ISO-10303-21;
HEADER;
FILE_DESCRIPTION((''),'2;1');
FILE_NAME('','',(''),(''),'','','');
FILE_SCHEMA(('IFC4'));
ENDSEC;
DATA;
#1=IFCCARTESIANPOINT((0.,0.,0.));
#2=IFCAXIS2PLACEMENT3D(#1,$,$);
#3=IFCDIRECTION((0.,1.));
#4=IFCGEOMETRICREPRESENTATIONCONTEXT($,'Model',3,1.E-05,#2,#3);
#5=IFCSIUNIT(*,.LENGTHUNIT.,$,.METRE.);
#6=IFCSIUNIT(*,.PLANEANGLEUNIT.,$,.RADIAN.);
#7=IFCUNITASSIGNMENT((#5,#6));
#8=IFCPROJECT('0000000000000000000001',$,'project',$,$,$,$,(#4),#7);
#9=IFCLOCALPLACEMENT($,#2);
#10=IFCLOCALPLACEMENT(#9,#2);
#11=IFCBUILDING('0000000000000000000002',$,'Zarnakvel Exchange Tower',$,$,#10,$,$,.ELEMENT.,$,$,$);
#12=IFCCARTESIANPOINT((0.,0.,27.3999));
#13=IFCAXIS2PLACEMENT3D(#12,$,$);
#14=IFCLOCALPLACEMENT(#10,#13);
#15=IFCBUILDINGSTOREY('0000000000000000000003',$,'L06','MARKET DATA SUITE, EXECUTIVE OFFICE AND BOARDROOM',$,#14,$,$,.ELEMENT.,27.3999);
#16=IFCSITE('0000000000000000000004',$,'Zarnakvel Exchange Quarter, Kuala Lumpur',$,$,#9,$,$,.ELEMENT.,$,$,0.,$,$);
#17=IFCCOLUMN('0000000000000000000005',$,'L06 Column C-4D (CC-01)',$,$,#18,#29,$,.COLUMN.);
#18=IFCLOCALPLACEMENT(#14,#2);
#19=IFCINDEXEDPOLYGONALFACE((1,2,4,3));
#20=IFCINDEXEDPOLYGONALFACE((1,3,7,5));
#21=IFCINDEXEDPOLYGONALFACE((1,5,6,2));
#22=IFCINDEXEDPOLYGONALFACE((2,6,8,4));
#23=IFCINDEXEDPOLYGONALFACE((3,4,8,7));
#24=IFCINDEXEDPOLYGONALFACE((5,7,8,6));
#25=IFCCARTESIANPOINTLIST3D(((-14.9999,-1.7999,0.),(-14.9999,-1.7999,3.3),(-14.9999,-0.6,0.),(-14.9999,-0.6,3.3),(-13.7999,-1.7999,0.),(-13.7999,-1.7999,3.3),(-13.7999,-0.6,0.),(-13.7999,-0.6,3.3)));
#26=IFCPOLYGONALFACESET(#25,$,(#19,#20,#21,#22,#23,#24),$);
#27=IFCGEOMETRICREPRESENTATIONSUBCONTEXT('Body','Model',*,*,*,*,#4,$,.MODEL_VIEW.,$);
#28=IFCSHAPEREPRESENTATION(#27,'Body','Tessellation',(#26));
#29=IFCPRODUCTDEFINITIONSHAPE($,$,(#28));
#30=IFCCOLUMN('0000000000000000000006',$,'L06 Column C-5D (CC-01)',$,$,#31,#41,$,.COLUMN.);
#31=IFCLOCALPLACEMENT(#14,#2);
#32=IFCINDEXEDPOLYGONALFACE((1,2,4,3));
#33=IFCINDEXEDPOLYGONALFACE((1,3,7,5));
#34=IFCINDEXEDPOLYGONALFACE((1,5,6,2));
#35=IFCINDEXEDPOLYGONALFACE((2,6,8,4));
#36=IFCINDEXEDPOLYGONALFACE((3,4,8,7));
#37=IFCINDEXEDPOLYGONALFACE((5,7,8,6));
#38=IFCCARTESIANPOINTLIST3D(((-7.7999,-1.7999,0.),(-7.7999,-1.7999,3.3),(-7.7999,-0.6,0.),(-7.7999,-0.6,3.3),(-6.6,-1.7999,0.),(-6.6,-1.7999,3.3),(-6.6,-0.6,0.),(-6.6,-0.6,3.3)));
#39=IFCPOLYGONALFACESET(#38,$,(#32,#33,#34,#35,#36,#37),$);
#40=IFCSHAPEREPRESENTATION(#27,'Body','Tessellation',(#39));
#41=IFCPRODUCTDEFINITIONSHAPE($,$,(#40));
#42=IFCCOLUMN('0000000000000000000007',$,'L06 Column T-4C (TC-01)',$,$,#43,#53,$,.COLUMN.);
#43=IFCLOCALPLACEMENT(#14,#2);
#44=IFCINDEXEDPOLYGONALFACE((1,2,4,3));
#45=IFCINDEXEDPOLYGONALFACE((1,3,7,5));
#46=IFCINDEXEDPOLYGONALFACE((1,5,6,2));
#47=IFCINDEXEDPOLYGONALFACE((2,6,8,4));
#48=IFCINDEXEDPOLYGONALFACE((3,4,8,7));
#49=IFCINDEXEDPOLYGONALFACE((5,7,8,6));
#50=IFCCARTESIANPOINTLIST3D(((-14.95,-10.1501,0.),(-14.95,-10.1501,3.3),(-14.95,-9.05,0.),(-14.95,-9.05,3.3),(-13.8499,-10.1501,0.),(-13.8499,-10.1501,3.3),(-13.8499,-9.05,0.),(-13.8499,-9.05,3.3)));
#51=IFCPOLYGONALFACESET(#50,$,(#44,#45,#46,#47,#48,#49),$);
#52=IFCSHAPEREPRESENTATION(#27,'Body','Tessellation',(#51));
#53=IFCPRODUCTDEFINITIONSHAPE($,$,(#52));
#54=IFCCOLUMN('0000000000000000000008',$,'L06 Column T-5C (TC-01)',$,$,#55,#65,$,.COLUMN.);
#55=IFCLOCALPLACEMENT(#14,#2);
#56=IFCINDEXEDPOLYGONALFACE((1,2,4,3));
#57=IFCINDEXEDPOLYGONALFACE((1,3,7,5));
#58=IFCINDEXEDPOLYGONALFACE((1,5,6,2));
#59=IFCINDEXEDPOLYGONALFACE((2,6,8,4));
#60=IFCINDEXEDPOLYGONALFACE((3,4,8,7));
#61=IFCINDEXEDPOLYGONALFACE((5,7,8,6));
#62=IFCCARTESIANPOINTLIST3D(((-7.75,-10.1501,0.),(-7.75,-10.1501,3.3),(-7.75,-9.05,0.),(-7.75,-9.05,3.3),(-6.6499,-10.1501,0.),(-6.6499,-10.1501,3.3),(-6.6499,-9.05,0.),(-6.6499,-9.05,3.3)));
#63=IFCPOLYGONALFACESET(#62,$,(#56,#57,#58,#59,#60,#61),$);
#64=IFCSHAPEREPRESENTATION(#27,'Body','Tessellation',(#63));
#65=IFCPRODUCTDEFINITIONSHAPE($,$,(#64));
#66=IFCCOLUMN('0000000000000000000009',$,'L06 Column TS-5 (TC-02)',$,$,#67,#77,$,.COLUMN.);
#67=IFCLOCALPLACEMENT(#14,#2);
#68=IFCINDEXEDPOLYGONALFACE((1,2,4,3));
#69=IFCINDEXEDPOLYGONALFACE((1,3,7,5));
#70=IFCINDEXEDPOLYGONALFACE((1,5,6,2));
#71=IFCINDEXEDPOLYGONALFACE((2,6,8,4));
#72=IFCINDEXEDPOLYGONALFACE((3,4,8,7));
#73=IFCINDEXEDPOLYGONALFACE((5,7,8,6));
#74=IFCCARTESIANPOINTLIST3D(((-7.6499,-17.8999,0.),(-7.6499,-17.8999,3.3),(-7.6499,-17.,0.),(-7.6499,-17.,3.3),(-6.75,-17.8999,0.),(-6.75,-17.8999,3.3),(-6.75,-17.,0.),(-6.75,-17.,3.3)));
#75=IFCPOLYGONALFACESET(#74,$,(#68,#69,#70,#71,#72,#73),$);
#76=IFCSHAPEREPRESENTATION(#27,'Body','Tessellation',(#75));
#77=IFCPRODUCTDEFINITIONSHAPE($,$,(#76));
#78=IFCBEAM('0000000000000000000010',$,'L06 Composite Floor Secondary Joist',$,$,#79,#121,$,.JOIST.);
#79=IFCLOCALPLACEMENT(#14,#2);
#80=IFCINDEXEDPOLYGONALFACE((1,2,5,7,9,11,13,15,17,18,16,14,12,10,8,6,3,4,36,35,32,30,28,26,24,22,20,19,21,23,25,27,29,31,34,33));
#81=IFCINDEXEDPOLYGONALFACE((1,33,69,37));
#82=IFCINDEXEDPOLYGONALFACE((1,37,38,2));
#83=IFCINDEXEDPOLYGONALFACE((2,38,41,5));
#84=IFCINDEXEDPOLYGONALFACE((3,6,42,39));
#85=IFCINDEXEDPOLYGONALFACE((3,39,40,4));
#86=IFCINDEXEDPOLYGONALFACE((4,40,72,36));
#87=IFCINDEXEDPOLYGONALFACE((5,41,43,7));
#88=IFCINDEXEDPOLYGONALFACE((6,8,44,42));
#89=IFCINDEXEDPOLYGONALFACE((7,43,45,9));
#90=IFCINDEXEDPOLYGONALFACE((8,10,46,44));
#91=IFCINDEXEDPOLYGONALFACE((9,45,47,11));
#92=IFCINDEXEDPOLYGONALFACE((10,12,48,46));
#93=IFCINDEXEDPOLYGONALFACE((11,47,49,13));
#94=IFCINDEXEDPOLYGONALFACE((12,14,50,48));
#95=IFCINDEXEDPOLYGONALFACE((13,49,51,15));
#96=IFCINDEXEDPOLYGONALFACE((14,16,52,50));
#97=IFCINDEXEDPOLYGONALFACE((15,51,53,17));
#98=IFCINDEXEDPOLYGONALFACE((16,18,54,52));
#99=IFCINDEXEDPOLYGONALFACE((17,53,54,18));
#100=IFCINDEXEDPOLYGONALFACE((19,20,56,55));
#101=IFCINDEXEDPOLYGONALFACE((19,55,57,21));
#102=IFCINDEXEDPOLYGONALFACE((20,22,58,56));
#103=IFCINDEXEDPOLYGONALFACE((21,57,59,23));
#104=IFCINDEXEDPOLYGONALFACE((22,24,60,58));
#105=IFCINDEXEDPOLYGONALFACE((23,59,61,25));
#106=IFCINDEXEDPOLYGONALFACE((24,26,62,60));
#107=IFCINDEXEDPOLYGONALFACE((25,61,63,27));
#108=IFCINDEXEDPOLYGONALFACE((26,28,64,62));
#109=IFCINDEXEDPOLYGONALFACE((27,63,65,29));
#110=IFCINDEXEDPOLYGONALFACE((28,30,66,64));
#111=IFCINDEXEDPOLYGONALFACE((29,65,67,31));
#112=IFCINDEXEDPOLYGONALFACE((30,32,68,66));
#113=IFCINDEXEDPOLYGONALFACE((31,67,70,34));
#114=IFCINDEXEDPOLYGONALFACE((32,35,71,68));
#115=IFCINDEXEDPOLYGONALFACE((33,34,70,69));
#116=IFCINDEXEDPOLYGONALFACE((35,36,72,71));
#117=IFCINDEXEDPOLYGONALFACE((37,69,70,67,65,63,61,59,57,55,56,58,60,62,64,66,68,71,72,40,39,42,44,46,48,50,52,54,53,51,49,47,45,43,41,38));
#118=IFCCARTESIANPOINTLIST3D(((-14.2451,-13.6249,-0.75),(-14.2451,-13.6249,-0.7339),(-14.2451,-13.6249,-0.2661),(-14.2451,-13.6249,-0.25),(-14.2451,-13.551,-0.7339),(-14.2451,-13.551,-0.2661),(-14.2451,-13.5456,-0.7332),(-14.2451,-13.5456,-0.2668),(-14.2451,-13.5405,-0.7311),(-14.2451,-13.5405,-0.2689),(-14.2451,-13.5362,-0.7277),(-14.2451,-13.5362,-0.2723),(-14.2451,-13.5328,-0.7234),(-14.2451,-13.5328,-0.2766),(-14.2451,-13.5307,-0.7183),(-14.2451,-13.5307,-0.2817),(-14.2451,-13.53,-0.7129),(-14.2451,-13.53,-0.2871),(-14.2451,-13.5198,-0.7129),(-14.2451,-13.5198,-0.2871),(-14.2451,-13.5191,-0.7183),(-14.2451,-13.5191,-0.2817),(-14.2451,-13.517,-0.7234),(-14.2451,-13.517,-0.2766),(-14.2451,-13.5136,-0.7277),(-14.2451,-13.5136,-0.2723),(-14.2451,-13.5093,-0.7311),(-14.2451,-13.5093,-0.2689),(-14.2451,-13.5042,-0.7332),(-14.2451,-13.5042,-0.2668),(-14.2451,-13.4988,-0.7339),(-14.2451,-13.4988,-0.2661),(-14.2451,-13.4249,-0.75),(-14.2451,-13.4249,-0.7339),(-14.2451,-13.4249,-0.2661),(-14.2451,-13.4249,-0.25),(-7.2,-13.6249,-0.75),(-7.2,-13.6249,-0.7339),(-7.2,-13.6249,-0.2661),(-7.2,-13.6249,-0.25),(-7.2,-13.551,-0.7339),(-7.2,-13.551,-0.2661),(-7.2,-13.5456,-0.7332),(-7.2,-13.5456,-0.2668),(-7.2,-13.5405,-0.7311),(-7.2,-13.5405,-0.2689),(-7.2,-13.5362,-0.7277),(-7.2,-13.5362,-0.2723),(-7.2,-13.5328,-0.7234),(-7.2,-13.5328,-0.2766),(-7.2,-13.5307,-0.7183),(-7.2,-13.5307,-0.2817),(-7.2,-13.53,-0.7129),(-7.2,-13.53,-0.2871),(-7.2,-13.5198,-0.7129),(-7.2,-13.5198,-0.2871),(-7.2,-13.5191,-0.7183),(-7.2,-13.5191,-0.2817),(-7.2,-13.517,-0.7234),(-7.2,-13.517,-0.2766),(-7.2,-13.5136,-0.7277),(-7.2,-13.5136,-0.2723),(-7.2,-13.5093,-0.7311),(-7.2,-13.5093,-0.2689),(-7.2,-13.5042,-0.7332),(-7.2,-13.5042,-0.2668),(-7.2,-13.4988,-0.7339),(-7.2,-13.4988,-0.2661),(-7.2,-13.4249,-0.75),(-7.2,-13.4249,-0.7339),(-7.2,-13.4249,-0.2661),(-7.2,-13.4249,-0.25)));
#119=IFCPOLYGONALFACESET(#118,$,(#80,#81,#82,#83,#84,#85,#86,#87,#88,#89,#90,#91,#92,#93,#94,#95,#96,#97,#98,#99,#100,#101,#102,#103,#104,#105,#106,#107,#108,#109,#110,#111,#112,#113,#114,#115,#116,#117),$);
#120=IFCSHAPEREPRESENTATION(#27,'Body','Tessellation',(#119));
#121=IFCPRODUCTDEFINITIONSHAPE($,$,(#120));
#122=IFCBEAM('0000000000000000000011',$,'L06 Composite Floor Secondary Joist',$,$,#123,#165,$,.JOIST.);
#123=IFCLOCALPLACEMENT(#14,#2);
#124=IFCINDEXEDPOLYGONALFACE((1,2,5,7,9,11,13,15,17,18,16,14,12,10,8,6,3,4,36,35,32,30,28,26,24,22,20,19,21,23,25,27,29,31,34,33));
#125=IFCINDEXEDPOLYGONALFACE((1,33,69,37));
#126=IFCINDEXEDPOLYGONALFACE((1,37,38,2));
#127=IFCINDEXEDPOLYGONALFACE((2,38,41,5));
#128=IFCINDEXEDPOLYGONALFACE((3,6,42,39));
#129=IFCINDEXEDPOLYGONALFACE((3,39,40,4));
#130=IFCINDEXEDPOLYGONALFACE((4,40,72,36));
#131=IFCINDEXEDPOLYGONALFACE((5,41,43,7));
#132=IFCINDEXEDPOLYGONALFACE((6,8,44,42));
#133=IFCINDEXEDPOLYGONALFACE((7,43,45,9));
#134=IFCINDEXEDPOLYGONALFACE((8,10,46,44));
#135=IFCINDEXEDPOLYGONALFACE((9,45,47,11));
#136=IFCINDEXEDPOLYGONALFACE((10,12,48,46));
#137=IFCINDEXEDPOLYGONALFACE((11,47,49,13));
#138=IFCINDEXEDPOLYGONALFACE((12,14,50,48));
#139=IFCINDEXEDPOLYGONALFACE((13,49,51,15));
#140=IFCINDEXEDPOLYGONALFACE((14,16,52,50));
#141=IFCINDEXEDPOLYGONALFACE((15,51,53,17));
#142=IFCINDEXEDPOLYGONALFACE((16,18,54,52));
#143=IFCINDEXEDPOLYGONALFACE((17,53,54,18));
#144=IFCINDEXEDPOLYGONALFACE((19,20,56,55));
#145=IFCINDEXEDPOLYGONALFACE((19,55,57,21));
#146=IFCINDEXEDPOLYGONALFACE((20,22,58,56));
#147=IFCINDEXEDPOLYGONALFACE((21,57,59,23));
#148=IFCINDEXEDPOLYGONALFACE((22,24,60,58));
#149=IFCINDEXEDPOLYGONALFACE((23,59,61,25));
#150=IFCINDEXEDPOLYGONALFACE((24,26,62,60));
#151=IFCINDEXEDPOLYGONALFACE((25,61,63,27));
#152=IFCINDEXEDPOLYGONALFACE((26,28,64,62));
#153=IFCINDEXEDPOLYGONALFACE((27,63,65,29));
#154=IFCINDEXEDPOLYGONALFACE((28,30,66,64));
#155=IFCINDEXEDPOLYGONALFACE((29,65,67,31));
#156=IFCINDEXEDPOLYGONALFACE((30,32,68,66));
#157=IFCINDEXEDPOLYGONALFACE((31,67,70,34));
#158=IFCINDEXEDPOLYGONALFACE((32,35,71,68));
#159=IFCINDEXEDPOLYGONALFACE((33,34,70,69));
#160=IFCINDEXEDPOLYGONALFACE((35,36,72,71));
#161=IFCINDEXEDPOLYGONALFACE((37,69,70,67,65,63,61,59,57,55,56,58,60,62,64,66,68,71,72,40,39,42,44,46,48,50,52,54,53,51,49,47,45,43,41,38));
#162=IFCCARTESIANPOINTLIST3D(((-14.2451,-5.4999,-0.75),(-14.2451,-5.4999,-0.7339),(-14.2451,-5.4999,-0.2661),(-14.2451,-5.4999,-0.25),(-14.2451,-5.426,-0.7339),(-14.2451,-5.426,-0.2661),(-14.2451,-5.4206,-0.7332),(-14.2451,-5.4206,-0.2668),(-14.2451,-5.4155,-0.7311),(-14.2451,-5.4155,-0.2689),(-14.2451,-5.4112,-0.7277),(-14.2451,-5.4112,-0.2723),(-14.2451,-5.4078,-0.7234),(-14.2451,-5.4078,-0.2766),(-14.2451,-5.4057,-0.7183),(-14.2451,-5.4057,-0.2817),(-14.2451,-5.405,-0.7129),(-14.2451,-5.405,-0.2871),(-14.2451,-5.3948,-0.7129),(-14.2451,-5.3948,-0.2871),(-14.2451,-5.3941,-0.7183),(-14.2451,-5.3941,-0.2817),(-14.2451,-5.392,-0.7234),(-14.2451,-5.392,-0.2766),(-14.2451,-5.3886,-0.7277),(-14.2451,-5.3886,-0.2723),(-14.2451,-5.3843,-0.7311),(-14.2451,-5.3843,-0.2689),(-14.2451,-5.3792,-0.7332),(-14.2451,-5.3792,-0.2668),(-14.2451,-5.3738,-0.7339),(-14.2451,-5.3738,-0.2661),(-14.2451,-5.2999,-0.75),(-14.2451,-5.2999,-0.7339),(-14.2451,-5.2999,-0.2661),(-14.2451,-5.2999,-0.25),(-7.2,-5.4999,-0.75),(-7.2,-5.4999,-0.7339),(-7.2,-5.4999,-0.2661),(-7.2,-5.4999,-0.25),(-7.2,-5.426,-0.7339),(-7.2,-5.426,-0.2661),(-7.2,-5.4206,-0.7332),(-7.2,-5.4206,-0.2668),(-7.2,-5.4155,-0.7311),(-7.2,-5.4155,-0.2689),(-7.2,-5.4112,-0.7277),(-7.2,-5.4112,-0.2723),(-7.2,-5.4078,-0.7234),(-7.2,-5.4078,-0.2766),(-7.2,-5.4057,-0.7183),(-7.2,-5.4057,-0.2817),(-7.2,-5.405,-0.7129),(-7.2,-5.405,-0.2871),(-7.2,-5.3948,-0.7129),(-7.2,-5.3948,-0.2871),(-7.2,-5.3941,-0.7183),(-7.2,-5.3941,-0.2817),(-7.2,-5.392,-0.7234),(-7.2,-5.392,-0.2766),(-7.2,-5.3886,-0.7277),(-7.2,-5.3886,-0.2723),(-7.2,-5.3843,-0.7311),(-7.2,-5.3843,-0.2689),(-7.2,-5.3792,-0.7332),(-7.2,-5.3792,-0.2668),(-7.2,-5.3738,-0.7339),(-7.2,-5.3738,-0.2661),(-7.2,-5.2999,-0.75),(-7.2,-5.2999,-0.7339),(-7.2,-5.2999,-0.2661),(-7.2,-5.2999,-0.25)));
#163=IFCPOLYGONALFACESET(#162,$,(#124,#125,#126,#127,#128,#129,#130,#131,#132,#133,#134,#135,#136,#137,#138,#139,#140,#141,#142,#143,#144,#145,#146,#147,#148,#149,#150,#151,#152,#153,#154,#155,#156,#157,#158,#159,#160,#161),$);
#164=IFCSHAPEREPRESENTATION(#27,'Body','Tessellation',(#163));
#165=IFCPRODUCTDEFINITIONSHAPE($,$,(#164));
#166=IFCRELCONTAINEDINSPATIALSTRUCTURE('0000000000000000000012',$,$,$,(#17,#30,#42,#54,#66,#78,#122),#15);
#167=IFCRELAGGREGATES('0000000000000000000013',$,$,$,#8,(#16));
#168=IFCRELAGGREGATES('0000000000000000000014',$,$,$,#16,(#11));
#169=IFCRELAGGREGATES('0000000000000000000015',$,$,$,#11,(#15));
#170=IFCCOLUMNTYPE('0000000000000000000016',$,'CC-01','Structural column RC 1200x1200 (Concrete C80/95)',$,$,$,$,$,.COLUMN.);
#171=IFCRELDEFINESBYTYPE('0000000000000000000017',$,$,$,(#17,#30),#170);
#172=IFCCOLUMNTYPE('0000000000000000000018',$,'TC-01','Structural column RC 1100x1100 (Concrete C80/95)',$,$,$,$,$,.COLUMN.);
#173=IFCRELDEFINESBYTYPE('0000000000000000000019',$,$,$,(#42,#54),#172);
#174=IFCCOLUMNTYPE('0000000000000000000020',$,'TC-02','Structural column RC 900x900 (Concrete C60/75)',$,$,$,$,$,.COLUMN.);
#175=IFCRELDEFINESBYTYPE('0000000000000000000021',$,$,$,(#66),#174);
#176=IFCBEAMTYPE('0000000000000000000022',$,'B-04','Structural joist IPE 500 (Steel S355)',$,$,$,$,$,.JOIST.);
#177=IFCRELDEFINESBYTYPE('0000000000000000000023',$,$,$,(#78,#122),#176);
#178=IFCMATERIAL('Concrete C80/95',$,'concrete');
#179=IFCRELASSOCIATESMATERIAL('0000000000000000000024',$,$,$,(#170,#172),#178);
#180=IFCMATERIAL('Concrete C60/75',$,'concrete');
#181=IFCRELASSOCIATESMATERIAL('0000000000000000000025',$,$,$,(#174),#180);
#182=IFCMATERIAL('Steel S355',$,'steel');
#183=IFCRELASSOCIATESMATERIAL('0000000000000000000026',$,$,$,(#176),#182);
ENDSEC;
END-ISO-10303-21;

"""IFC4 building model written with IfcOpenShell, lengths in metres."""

from ifc_helpers import new_model, si_unit, direction, frame, origin, origin_2d, place, context, subcontext, project, spatial, rectangle, i_section, extrude, material, material_profile, profile_set, type_object, element, save


model = new_model("IFC4")

# Units and contexts
model_context = context("Model", 3, precision=1e-05, world=origin(), true_north=direction((0.0, 1.0)))
body_context = subcontext(model_context, "Body", "Model", "MODEL_VIEW")
ifc_project = project(units=[si_unit("LENGTHUNIT", "METRE"), si_unit("PLANEANGLEUNIT", "RADIAN")], contexts=[model_context])

# Site, building, storey
site_placement = place(None, origin())
site = spatial("IfcSite", under=ifc_project, at=site_placement, Name="Zarnakvel Exchange Quarter, Kuala Lumpur", CompositionType="ELEMENT", RefElevation=0.0)
building_placement = place(site_placement, origin())
building = spatial("IfcBuilding", under=site, at=building_placement, Name="Zarnakvel Exchange Tower", CompositionType="ELEMENT")
storey_placement = place(building_placement, frame((0.0, 0.0, 27.3999)))
storey = spatial("IfcBuildingStorey", under=building, at=storey_placement, Name="L06", Description="MARKET DATA SUITE, EXECUTIVE OFFICE AND BOARDROOM", CompositionType="ELEMENT", Elevation=27.3999)

# Columns
ifc_material_1 = material(Name="Concrete C80/95", Category="concrete")
ifc_material_profile_1 = material_profile(ifc_material_1, rectangle(XDim=1.2, YDim=1.2, at=origin_2d()))
ifc_profile_set_1 = profile_set([ifc_material_profile_1], Name="Concrete C80/95")
column_type_1 = type_object("IfcColumnType", Name="CC-01", Description="Structural column RC 1200x1200 (Concrete C80/95)", PredefinedType="COLUMN", material=ifc_profile_set_1)
for number, where, z_axis, x_axis, name in (
    (1, (-14.3999, -1.2, 0.0), (0.0, 0.0, 1.0), (1.0, 0.0, 0.0), "L06 Column C-4D (CC-01)"),
    (2, (-7.2, -1.2, 0.0), (0.0, 0.0, 1.0), (1.0, 0.0, 0.0), "L06 Column C-5D (CC-01)"),
):
    element("IfcColumn", number, at=place(storey_placement, frame(where, z_axis=z_axis, x_axis=x_axis)), inside=storey, type_object=column_type_1, Name=name, PredefinedType="COLUMN", context=body_context, shape_type="SweptSolid", body=[
        extrude(rectangle(XDim=1.2, YDim=1.2, at=origin_2d()), origin(), (0.0, 0.0, 1.0), 3.3),
    ])
ifc_material_profile_2 = material_profile(ifc_material_1, rectangle(XDim=1.1001, YDim=1.1001, at=origin_2d()))
ifc_profile_set_2 = profile_set([ifc_material_profile_2], Name="Concrete C80/95")
column_type_2 = type_object("IfcColumnType", Name="TC-01", Description="Structural column RC 1100x1100 (Concrete C80/95)", PredefinedType="COLUMN", material=ifc_profile_set_2)
for number, where, z_axis, x_axis, name in (
    (3, (-14.3999, -9.6001, 0.0), (0.0, 0.0, 1.0), (1.0, 0.0, 0.0), "L06 Column T-4C (TC-01)"),
    (4, (-7.2, -9.6001, 0.0), (0.0, 0.0, 1.0), (1.0, 0.0, 0.0), "L06 Column T-5C (TC-01)"),
):
    element("IfcColumn", number, at=place(storey_placement, frame(where, z_axis=z_axis, x_axis=x_axis)), inside=storey, type_object=column_type_2, Name=name, PredefinedType="COLUMN", context=body_context, shape_type="SweptSolid", body=[
        extrude(rectangle(XDim=1.1001, YDim=1.1001, at=origin_2d()), origin(), (0.0, 0.0, 1.0), 3.3),
    ])
ifc_material_2 = material(Name="Concrete C60/75", Category="concrete")
ifc_material_profile_3 = material_profile(ifc_material_2, rectangle(XDim=0.8999, YDim=0.8999, at=origin_2d()))
ifc_profile_set_3 = profile_set([ifc_material_profile_3], Name="Concrete C60/75")
column_type_3 = type_object("IfcColumnType", Name="TC-02", Description="Structural column RC 900x900 (Concrete C60/75)", PredefinedType="COLUMN", material=ifc_profile_set_3)
column_placement = place(storey_placement, frame((-7.2, -17.45, 0.0), z_axis=(0.0, 0.0, 1.0), x_axis=(1.0, 0.0, 0.0)))
element("IfcColumn", 5, at=column_placement, inside=storey, type_object=column_type_3, Name="L06 Column TS-5 (TC-02)", PredefinedType="COLUMN", context=body_context, shape_type="SweptSolid", body=[
    extrude(rectangle(XDim=0.8999, YDim=0.8999, at=origin_2d()), origin(), (0.0, 0.0, 1.0), 3.3),
])

# Beams
ifc_material_3 = material(Name="Steel S355", Category="steel")
ifc_material_profile_4 = material_profile(ifc_material_3, i_section(OverallWidth=0.2, OverallDepth=0.5, WebThickness=0.0103, FlangeThickness=0.0161, FilletRadius=0.021, at=origin_2d()))
ifc_profile_set_4 = profile_set([ifc_material_profile_4], Name="Steel S355")
beam_type_1 = type_object("IfcBeamType", Name="B-04", Description="Structural joist IPE 500 (Steel S355)", PredefinedType="JOIST", material=ifc_profile_set_4)
for number, where, z_axis, x_axis, name in (
    (6, (-14.2451, -13.5249, -0.5), (1.0, 0.0, 0.0), (0.0, 1.0, 0.0), "L06 Composite Floor Secondary Joist"),
    (7, (-14.2451, -5.3999, -0.5), (1.0, 0.0, 0.0), (0.0, 1.0, 0.0), "L06 Composite Floor Secondary Joist"),
):
    element("IfcBeam", number, at=place(storey_placement, frame(where, z_axis=z_axis, x_axis=x_axis)), inside=storey, type_object=beam_type_1, Name=name, PredefinedType="JOIST", context=body_context, shape_type="SweptSolid", body=[
        extrude(i_section(OverallWidth=0.2, OverallDepth=0.5, WebThickness=0.0103, FlangeThickness=0.0161, FilletRadius=0.021, at=origin_2d()), origin(), (0.0, 0.0, 1.0), 7.0452),
    ])

save(model, "model.ifc")
